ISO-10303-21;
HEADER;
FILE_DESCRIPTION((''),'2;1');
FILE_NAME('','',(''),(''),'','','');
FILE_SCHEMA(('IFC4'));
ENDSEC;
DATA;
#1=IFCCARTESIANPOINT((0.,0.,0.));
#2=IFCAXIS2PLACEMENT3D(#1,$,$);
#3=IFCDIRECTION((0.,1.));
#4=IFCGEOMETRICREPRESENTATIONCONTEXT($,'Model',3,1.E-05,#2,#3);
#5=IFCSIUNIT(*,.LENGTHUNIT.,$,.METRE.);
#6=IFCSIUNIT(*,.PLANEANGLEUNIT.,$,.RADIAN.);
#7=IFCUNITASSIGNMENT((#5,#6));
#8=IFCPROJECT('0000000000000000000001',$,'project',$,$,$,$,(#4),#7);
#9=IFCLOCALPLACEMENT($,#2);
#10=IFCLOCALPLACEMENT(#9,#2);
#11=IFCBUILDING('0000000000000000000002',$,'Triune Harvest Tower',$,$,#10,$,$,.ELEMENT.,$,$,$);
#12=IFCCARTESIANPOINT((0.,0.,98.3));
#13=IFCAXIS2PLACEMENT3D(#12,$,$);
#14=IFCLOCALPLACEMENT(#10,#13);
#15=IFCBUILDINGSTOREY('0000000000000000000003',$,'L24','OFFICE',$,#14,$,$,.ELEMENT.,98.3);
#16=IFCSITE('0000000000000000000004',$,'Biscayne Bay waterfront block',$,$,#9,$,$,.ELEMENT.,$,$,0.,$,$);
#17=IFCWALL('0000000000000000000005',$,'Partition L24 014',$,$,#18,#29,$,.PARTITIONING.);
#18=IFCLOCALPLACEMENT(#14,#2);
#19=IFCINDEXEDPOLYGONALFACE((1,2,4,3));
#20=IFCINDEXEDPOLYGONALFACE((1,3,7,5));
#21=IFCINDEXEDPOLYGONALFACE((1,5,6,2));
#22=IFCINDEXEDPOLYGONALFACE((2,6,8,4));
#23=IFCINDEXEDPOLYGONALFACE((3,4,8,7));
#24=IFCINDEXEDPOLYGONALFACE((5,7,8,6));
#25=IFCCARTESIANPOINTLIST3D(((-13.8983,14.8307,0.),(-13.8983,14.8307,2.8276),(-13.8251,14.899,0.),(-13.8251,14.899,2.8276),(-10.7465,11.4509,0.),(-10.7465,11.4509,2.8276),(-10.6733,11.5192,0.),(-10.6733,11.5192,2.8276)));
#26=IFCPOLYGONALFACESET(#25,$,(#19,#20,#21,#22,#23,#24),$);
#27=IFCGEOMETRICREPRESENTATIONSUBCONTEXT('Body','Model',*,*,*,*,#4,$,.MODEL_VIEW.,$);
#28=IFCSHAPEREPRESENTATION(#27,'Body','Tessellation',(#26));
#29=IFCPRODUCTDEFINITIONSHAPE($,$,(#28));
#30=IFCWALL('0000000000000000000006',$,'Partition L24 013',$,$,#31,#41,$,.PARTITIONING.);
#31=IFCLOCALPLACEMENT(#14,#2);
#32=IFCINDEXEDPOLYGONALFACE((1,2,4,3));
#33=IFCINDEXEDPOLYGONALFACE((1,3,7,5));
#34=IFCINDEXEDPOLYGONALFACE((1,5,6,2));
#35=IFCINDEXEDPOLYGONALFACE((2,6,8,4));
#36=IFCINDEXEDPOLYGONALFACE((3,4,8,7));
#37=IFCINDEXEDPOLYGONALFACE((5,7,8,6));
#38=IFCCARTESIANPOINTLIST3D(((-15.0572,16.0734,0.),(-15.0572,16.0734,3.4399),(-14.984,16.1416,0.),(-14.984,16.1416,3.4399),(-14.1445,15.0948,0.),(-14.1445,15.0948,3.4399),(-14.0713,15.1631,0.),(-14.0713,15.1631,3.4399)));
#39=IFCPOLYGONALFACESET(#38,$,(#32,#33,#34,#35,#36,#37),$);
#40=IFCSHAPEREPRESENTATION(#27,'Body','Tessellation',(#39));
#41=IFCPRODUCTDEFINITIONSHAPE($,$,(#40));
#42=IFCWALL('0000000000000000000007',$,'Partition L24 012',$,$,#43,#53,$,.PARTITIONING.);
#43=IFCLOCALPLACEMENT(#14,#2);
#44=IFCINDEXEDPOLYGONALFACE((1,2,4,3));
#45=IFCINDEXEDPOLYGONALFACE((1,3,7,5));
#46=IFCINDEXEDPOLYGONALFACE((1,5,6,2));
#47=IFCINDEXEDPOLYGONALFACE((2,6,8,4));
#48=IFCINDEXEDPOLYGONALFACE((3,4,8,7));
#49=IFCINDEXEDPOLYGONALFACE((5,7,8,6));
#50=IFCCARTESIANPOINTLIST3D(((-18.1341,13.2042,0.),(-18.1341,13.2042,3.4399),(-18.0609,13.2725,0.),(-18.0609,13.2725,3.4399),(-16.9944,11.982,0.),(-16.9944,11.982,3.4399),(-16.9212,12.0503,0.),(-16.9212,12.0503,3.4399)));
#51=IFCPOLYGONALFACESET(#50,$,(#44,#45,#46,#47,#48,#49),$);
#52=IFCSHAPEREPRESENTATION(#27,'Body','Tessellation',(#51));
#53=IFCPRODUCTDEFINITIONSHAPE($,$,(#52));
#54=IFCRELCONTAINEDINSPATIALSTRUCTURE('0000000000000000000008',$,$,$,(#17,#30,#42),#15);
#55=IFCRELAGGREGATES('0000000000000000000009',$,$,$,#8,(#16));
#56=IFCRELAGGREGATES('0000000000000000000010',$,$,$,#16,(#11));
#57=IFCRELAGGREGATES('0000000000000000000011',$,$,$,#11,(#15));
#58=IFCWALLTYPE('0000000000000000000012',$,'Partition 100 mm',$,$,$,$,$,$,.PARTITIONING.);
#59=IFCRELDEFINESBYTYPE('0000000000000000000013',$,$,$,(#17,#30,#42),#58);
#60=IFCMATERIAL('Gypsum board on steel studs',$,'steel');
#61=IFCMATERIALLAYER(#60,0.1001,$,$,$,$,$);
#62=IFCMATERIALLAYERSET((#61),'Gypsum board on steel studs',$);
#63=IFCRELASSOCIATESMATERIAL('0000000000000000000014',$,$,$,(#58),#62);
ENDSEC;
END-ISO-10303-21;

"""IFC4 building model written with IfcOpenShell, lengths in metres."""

from ifc_helpers import new_model, si_unit, direction, frame, frame_2d, origin, place, context, subcontext, project, spatial, rectangle, extrude, source, transform, mapped, material, layer, layer_set, type_object, element, save


model = new_model("IFC4")

# Units and contexts
model_context = context("Model", 3, precision=1e-05, world=origin(), true_north=direction((0.0, 1.0)))
body_context = subcontext(model_context, "Body", "Model", "MODEL_VIEW")
ifc_project = project(units=[si_unit("LENGTHUNIT", "METRE"), si_unit("PLANEANGLEUNIT", "RADIAN")], contexts=[model_context])

# Site, building, storey
site_placement = place(None, origin())
site = spatial("IfcSite", under=ifc_project, at=site_placement, Name="Biscayne Bay waterfront block", CompositionType="ELEMENT", RefElevation=0.0)
building_placement = place(site_placement, origin())
building = spatial("IfcBuilding", under=site, at=building_placement, Name="Triune Harvest Tower", CompositionType="ELEMENT")
storey_placement = place(building_placement, frame((0.0, 0.0, 98.3)))
storey = spatial("IfcBuildingStorey", under=building, at=storey_placement, Name="L24", Description="OFFICE", CompositionType="ELEMENT", Elevation=98.3)

# Walls
ifc_material_1 = material(Name="Gypsum board on steel studs", Category="steel")
ifc_layer_1 = layer(ifc_material_1, 0.1001)
ifc_layer_set_1 = layer_set([ifc_layer_1], Name="Gypsum board on steel studs")
wall_type = type_object("IfcWallType", Name="Partition 100 mm", PredefinedType="PARTITIONING", material=ifc_layer_set_1)
wall_1_placement = place(storey_placement, frame((-13.8616, 14.8647, 0.0), z_axis=(0.0, 0.0, 1.0), x_axis=(0.682006, -0.731347, 0.0)))
element("IfcWall", 1, at=wall_1_placement, inside=storey, type_object=wall_type, Name="Partition L24 014", PredefinedType="PARTITIONING", context=body_context, shape_type="SweptSolid", body=[
    extrude(rectangle(XDim=4.6213, YDim=0.1001, at=frame_2d((2.3105, 0.0))), origin(), (0.0, 0.0, 1.0), 2.8276),
])
shared_shape_1 = source(origin(), body_context, "Body", "SweptSolid", [
    extrude(rectangle(XDim=1.3381, YDim=0.1001, at=frame_2d((0.6689, 0.0))), origin(), (0.0, 0.0, 1.0), 3.4399),
])
wall_2_placement = place(storey_placement, frame((-15.0205, 16.1074, 0.0), z_axis=(0.0, 0.0, 1.0), x_axis=(0.682045, -0.73131, 0.0)))
element("IfcWall", 2, at=wall_2_placement, inside=storey, type_object=wall_type, Name="Partition L24 013", PredefinedType="PARTITIONING", context=body_context, shape_type="MappedRepresentation", body=[
    mapped(shared_shape_1, transform((0.0, 0.0, 0.0), scale=1.0)),
])
shared_shape_2 = source(origin(), body_context, "Body", "SweptSolid", [
    extrude(rectangle(XDim=1.6711, YDim=0.1001, at=frame_2d((0.8354, 0.0))), origin(), (0.0, 0.0, 1.0), 3.4399),
])
wall_3_placement = place(storey_placement, frame((-18.0974, 13.2383, 0.0), z_axis=(0.0, 0.0, 1.0), x_axis=(0.681985, -0.731366, 0.0)))
element("IfcWall", 3, at=wall_3_placement, inside=storey, type_object=wall_type, Name="Partition L24 012", PredefinedType="PARTITIONING", context=body_context, shape_type="MappedRepresentation", body=[
    mapped(shared_shape_2, transform((0.0, 0.0, 0.0), scale=1.0)),
])

save(model, "model.ifc")
